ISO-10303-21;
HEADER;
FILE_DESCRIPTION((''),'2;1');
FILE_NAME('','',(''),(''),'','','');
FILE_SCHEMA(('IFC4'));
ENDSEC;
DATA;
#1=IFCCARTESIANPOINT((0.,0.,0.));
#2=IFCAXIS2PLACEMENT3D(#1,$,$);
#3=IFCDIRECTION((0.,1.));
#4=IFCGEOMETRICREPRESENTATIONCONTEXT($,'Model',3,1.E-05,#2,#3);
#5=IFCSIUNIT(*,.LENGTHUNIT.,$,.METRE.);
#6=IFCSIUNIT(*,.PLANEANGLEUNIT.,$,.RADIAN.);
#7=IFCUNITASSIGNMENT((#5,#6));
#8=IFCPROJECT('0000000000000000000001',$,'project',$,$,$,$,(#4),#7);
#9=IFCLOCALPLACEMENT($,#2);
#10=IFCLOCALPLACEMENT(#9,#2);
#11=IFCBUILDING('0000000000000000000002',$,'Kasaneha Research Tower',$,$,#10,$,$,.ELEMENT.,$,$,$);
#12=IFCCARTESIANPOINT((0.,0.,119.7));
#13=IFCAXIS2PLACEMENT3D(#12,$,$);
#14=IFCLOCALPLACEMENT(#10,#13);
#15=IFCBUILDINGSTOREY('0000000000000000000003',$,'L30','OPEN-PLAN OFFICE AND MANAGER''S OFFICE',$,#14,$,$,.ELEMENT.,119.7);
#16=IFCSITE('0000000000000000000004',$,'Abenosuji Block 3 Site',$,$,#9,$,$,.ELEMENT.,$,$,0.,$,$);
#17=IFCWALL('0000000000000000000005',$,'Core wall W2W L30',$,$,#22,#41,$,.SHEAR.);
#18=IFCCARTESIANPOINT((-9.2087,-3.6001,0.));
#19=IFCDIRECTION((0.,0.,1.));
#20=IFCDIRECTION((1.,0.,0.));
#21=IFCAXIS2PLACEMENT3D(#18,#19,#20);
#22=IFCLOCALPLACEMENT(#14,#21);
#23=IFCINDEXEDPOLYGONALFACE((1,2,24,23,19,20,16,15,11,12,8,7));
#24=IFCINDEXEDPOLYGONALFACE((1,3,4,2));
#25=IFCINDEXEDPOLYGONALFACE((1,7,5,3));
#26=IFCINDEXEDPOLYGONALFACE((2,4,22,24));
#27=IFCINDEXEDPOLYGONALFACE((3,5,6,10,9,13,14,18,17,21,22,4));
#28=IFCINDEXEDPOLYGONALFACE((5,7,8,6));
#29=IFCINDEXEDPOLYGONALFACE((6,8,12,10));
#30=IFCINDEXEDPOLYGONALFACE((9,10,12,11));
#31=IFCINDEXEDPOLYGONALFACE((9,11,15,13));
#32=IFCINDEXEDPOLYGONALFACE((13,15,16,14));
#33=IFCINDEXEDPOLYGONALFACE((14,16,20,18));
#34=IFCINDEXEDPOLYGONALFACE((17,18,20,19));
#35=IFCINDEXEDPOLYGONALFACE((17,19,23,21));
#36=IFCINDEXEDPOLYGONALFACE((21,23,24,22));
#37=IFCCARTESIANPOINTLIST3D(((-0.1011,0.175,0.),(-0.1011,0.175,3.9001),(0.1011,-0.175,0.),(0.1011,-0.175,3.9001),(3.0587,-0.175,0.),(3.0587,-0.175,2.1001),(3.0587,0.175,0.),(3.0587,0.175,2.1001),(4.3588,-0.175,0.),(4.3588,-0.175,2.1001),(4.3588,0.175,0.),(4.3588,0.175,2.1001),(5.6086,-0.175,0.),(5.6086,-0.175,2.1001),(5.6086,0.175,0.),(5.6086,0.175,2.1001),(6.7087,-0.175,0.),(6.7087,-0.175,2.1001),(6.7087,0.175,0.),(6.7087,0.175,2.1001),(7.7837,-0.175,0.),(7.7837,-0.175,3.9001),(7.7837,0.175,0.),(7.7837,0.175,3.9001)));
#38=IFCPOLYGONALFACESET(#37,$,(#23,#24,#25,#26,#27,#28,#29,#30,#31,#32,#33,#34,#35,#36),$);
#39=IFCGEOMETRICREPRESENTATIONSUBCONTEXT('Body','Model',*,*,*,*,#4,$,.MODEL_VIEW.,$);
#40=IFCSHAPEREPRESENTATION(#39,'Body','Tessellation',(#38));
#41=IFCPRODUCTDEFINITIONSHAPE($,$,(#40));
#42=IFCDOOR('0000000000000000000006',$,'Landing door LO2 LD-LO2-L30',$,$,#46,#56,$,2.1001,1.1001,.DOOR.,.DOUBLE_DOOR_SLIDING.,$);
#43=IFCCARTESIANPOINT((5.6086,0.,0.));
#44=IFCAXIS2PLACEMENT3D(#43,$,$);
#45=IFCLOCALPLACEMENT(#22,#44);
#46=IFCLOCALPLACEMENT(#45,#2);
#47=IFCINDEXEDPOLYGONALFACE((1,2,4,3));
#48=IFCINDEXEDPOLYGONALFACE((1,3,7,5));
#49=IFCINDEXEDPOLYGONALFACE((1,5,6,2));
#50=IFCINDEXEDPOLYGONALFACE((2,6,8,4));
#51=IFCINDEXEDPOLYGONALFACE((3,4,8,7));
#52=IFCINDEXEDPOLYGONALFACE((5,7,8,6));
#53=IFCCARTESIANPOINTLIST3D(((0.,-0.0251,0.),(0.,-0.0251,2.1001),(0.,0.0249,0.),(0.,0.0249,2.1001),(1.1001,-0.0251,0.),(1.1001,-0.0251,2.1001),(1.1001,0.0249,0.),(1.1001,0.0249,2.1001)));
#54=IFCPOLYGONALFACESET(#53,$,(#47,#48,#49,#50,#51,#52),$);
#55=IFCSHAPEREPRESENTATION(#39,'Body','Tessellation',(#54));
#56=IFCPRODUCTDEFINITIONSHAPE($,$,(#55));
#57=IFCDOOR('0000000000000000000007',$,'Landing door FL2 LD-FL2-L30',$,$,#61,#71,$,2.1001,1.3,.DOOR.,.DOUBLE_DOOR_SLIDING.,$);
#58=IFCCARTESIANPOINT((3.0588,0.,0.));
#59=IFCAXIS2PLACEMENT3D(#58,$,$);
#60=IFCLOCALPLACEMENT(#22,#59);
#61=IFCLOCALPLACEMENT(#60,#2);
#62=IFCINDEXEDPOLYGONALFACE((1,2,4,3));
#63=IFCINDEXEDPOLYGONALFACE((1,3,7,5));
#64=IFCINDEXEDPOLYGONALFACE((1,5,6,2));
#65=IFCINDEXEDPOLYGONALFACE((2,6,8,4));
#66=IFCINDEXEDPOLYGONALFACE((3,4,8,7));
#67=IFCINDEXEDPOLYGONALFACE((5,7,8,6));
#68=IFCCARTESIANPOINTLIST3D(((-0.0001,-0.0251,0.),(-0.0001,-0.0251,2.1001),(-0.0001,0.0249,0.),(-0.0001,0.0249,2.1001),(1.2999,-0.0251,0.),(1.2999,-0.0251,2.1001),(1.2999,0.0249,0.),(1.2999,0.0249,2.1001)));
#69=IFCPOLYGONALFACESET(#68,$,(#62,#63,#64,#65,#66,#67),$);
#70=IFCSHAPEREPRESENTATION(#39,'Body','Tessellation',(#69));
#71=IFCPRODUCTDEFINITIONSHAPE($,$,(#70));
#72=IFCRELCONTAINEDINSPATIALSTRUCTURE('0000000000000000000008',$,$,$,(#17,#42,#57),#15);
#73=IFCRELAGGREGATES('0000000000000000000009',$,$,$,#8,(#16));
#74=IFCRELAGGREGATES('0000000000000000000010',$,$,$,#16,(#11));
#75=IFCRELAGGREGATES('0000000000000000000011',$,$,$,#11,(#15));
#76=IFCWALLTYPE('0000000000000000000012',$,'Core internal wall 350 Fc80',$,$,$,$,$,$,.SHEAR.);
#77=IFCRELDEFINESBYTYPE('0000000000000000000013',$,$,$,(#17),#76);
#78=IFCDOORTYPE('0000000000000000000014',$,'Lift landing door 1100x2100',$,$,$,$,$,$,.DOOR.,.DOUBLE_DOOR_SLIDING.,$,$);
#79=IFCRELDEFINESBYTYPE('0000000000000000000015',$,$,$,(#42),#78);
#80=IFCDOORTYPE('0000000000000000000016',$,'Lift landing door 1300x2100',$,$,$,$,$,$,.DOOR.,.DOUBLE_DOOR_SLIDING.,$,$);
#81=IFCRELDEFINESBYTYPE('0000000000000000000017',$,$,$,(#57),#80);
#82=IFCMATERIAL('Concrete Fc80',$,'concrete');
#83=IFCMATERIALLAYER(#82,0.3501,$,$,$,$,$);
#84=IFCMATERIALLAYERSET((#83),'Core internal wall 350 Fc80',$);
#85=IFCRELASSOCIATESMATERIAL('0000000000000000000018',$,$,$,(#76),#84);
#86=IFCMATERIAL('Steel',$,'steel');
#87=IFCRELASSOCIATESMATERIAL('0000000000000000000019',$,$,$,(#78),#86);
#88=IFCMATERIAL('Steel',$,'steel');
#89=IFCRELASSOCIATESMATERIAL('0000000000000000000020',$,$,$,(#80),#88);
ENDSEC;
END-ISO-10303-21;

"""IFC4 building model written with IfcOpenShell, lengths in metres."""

from ifc_helpers import new_model, si_unit, direction, frame, frame_2d, origin, place, context, subcontext, project, spatial, polyline, rectangle, outline, extrude, material, layer, layer_set, type_object, element, fill, save


model = new_model("IFC4")

# Units and contexts
model_context = context("Model", 3, precision=1e-05, world=origin(), true_north=direction((0.0, 1.0)))
body_context = subcontext(model_context, "Body", "Model", "MODEL_VIEW")
ifc_project = project(units=[si_unit("LENGTHUNIT", "METRE"), si_unit("PLANEANGLEUNIT", "RADIAN")], contexts=[model_context])

# Site, building, storey
site_placement = place(None, origin())
site = spatial("IfcSite", under=ifc_project, at=site_placement, Name="Abenosuji Block 3 Site", CompositionType="ELEMENT", RefElevation=0.0)
building_placement = place(site_placement, origin())
building = spatial("IfcBuilding", under=site, at=building_placement, Name="Kasaneha Research Tower", CompositionType="ELEMENT")
storey_placement = place(building_placement, frame((0.0, 0.0, 119.7)))
storey = spatial("IfcBuildingStorey", under=building, at=storey_placement, Name="L30", Description="OPEN-PLAN OFFICE AND MANAGER'S OFFICE", CompositionType="ELEMENT", Elevation=119.7)

# Wall, openings, doors
ifc_material_1 = material(Name="Concrete Fc80", Category="concrete")
ifc_layer_1 = layer(ifc_material_1, 0.3501)
ifc_layer_set_1 = layer_set([ifc_layer_1], Name="Core internal wall 350 Fc80")
wall_type_1 = type_object("IfcWallType", Name="Core internal wall 350 Fc80", PredefinedType="SHEAR", material=ifc_layer_set_1)
wall_1_placement = place(storey_placement, frame((-9.2087, -3.6001, 0.0), z_axis=(0.0, 0.0, 1.0), x_axis=(1.0, 0.0, 0.0)))
wall_1 = element("IfcWall", 1, at=wall_1_placement, inside=storey, type_object=wall_type_1, Name="Core wall W2W L30", PredefinedType="SHEAR", context=body_context, shape_type="SweptSolid", body=[
    extrude(outline(polyline([(0.1011, -0.175), (3.0588, -0.175), (4.3589, -0.175), (5.6086, -0.175), (6.7087, -0.175), (7.7837, -0.175), (7.7837, 0.175), (6.7087, 0.175), (5.6086, 0.175), (4.3589, 0.175), (3.0588, 0.175), (-0.1011, 0.175), (0.1011, -0.175)])), origin(), (0.0, 0.0, 1.0), 3.9001),
])
opening_1_placement = place(wall_1_placement, frame((5.6086, 0.0, 0.0)))
opening_1 = element("IfcOpeningElement", 2, at=opening_1_placement, cuts=wall_1, PredefinedType="OPENING", context=body_context, shape_type="SweptSolid", body=[
    extrude(rectangle(XDim=1.1001, YDim=2.1001, at=frame_2d((0.55, 1.05))), frame((0.0, 0.1851, 0.0), z_axis=(0.0, -1.0, 0.0), x_axis=(1.0, 0.0, 0.0)), (0.0, 0.0, 1.0), 0.3701),
])
opening_2_placement = place(wall_1_placement, frame((3.0588, 0.0, 0.0)))
opening_2 = element("IfcOpeningElement", 3, at=opening_2_placement, cuts=wall_1, PredefinedType="OPENING", context=body_context, shape_type="SweptSolid", body=[
    extrude(rectangle(XDim=1.3, YDim=2.1001, at=frame_2d((0.6499, 1.05))), frame((0.0, 0.1851, 0.0), z_axis=(0.0, -1.0, 0.0), x_axis=(1.0, 0.0, 0.0)), (0.0, 0.0, 1.0), 0.3701),
])
ifc_material_2 = material(Name="Steel", Category="steel")
door_type_1 = type_object("IfcDoorType", Name="Lift landing door 1100x2100", OperationType="DOUBLE_DOOR_SLIDING", PredefinedType="DOOR", material=ifc_material_2)
door_1_placement = place(opening_1_placement, origin())
door_1 = element("IfcDoor", 4, at=door_1_placement, inside=storey, type_object=door_type_1, Name="Landing door LO2 LD-LO2-L30", OperationType="DOUBLE_DOOR_SLIDING", OverallHeight=2.1001, OverallWidth=1.1001, PredefinedType="DOOR", context=body_context, shape_type="SweptSolid", body=[
    extrude(rectangle(XDim=1.1001, YDim=2.1001, at=frame_2d((0.55, 1.05))), frame((0.0, 0.0249, 0.0), z_axis=(0.0, -1.0, 0.0), x_axis=(1.0, 0.0, 0.0)), (0.0, 0.0, 1.0), 0.05),
])
fill(opening_1, door_1)
ifc_material_3 = material(Name="Steel", Category="steel")
door_type_2 = type_object("IfcDoorType", Name="Lift landing door 1300x2100", OperationType="DOUBLE_DOOR_SLIDING", PredefinedType="DOOR", material=ifc_material_3)
door_2_placement = place(opening_2_placement, origin())
door_2 = element("IfcDoor", 5, at=door_2_placement, inside=storey, type_object=door_type_2, Name="Landing door FL2 LD-FL2-L30", OperationType="DOUBLE_DOOR_SLIDING", OverallHeight=2.1001, OverallWidth=1.3, PredefinedType="DOOR", context=body_context, shape_type="SweptSolid", body=[
    extrude(rectangle(XDim=1.3, YDim=2.1001, at=frame_2d((0.6499, 1.05))), frame((0.0, 0.0249, 0.0), z_axis=(0.0, -1.0, 0.0), x_axis=(1.0, 0.0, 0.0)), (0.0, 0.0, 1.0), 0.05),
])
fill(opening_2, door_2)

save(model, "model.ifc")
